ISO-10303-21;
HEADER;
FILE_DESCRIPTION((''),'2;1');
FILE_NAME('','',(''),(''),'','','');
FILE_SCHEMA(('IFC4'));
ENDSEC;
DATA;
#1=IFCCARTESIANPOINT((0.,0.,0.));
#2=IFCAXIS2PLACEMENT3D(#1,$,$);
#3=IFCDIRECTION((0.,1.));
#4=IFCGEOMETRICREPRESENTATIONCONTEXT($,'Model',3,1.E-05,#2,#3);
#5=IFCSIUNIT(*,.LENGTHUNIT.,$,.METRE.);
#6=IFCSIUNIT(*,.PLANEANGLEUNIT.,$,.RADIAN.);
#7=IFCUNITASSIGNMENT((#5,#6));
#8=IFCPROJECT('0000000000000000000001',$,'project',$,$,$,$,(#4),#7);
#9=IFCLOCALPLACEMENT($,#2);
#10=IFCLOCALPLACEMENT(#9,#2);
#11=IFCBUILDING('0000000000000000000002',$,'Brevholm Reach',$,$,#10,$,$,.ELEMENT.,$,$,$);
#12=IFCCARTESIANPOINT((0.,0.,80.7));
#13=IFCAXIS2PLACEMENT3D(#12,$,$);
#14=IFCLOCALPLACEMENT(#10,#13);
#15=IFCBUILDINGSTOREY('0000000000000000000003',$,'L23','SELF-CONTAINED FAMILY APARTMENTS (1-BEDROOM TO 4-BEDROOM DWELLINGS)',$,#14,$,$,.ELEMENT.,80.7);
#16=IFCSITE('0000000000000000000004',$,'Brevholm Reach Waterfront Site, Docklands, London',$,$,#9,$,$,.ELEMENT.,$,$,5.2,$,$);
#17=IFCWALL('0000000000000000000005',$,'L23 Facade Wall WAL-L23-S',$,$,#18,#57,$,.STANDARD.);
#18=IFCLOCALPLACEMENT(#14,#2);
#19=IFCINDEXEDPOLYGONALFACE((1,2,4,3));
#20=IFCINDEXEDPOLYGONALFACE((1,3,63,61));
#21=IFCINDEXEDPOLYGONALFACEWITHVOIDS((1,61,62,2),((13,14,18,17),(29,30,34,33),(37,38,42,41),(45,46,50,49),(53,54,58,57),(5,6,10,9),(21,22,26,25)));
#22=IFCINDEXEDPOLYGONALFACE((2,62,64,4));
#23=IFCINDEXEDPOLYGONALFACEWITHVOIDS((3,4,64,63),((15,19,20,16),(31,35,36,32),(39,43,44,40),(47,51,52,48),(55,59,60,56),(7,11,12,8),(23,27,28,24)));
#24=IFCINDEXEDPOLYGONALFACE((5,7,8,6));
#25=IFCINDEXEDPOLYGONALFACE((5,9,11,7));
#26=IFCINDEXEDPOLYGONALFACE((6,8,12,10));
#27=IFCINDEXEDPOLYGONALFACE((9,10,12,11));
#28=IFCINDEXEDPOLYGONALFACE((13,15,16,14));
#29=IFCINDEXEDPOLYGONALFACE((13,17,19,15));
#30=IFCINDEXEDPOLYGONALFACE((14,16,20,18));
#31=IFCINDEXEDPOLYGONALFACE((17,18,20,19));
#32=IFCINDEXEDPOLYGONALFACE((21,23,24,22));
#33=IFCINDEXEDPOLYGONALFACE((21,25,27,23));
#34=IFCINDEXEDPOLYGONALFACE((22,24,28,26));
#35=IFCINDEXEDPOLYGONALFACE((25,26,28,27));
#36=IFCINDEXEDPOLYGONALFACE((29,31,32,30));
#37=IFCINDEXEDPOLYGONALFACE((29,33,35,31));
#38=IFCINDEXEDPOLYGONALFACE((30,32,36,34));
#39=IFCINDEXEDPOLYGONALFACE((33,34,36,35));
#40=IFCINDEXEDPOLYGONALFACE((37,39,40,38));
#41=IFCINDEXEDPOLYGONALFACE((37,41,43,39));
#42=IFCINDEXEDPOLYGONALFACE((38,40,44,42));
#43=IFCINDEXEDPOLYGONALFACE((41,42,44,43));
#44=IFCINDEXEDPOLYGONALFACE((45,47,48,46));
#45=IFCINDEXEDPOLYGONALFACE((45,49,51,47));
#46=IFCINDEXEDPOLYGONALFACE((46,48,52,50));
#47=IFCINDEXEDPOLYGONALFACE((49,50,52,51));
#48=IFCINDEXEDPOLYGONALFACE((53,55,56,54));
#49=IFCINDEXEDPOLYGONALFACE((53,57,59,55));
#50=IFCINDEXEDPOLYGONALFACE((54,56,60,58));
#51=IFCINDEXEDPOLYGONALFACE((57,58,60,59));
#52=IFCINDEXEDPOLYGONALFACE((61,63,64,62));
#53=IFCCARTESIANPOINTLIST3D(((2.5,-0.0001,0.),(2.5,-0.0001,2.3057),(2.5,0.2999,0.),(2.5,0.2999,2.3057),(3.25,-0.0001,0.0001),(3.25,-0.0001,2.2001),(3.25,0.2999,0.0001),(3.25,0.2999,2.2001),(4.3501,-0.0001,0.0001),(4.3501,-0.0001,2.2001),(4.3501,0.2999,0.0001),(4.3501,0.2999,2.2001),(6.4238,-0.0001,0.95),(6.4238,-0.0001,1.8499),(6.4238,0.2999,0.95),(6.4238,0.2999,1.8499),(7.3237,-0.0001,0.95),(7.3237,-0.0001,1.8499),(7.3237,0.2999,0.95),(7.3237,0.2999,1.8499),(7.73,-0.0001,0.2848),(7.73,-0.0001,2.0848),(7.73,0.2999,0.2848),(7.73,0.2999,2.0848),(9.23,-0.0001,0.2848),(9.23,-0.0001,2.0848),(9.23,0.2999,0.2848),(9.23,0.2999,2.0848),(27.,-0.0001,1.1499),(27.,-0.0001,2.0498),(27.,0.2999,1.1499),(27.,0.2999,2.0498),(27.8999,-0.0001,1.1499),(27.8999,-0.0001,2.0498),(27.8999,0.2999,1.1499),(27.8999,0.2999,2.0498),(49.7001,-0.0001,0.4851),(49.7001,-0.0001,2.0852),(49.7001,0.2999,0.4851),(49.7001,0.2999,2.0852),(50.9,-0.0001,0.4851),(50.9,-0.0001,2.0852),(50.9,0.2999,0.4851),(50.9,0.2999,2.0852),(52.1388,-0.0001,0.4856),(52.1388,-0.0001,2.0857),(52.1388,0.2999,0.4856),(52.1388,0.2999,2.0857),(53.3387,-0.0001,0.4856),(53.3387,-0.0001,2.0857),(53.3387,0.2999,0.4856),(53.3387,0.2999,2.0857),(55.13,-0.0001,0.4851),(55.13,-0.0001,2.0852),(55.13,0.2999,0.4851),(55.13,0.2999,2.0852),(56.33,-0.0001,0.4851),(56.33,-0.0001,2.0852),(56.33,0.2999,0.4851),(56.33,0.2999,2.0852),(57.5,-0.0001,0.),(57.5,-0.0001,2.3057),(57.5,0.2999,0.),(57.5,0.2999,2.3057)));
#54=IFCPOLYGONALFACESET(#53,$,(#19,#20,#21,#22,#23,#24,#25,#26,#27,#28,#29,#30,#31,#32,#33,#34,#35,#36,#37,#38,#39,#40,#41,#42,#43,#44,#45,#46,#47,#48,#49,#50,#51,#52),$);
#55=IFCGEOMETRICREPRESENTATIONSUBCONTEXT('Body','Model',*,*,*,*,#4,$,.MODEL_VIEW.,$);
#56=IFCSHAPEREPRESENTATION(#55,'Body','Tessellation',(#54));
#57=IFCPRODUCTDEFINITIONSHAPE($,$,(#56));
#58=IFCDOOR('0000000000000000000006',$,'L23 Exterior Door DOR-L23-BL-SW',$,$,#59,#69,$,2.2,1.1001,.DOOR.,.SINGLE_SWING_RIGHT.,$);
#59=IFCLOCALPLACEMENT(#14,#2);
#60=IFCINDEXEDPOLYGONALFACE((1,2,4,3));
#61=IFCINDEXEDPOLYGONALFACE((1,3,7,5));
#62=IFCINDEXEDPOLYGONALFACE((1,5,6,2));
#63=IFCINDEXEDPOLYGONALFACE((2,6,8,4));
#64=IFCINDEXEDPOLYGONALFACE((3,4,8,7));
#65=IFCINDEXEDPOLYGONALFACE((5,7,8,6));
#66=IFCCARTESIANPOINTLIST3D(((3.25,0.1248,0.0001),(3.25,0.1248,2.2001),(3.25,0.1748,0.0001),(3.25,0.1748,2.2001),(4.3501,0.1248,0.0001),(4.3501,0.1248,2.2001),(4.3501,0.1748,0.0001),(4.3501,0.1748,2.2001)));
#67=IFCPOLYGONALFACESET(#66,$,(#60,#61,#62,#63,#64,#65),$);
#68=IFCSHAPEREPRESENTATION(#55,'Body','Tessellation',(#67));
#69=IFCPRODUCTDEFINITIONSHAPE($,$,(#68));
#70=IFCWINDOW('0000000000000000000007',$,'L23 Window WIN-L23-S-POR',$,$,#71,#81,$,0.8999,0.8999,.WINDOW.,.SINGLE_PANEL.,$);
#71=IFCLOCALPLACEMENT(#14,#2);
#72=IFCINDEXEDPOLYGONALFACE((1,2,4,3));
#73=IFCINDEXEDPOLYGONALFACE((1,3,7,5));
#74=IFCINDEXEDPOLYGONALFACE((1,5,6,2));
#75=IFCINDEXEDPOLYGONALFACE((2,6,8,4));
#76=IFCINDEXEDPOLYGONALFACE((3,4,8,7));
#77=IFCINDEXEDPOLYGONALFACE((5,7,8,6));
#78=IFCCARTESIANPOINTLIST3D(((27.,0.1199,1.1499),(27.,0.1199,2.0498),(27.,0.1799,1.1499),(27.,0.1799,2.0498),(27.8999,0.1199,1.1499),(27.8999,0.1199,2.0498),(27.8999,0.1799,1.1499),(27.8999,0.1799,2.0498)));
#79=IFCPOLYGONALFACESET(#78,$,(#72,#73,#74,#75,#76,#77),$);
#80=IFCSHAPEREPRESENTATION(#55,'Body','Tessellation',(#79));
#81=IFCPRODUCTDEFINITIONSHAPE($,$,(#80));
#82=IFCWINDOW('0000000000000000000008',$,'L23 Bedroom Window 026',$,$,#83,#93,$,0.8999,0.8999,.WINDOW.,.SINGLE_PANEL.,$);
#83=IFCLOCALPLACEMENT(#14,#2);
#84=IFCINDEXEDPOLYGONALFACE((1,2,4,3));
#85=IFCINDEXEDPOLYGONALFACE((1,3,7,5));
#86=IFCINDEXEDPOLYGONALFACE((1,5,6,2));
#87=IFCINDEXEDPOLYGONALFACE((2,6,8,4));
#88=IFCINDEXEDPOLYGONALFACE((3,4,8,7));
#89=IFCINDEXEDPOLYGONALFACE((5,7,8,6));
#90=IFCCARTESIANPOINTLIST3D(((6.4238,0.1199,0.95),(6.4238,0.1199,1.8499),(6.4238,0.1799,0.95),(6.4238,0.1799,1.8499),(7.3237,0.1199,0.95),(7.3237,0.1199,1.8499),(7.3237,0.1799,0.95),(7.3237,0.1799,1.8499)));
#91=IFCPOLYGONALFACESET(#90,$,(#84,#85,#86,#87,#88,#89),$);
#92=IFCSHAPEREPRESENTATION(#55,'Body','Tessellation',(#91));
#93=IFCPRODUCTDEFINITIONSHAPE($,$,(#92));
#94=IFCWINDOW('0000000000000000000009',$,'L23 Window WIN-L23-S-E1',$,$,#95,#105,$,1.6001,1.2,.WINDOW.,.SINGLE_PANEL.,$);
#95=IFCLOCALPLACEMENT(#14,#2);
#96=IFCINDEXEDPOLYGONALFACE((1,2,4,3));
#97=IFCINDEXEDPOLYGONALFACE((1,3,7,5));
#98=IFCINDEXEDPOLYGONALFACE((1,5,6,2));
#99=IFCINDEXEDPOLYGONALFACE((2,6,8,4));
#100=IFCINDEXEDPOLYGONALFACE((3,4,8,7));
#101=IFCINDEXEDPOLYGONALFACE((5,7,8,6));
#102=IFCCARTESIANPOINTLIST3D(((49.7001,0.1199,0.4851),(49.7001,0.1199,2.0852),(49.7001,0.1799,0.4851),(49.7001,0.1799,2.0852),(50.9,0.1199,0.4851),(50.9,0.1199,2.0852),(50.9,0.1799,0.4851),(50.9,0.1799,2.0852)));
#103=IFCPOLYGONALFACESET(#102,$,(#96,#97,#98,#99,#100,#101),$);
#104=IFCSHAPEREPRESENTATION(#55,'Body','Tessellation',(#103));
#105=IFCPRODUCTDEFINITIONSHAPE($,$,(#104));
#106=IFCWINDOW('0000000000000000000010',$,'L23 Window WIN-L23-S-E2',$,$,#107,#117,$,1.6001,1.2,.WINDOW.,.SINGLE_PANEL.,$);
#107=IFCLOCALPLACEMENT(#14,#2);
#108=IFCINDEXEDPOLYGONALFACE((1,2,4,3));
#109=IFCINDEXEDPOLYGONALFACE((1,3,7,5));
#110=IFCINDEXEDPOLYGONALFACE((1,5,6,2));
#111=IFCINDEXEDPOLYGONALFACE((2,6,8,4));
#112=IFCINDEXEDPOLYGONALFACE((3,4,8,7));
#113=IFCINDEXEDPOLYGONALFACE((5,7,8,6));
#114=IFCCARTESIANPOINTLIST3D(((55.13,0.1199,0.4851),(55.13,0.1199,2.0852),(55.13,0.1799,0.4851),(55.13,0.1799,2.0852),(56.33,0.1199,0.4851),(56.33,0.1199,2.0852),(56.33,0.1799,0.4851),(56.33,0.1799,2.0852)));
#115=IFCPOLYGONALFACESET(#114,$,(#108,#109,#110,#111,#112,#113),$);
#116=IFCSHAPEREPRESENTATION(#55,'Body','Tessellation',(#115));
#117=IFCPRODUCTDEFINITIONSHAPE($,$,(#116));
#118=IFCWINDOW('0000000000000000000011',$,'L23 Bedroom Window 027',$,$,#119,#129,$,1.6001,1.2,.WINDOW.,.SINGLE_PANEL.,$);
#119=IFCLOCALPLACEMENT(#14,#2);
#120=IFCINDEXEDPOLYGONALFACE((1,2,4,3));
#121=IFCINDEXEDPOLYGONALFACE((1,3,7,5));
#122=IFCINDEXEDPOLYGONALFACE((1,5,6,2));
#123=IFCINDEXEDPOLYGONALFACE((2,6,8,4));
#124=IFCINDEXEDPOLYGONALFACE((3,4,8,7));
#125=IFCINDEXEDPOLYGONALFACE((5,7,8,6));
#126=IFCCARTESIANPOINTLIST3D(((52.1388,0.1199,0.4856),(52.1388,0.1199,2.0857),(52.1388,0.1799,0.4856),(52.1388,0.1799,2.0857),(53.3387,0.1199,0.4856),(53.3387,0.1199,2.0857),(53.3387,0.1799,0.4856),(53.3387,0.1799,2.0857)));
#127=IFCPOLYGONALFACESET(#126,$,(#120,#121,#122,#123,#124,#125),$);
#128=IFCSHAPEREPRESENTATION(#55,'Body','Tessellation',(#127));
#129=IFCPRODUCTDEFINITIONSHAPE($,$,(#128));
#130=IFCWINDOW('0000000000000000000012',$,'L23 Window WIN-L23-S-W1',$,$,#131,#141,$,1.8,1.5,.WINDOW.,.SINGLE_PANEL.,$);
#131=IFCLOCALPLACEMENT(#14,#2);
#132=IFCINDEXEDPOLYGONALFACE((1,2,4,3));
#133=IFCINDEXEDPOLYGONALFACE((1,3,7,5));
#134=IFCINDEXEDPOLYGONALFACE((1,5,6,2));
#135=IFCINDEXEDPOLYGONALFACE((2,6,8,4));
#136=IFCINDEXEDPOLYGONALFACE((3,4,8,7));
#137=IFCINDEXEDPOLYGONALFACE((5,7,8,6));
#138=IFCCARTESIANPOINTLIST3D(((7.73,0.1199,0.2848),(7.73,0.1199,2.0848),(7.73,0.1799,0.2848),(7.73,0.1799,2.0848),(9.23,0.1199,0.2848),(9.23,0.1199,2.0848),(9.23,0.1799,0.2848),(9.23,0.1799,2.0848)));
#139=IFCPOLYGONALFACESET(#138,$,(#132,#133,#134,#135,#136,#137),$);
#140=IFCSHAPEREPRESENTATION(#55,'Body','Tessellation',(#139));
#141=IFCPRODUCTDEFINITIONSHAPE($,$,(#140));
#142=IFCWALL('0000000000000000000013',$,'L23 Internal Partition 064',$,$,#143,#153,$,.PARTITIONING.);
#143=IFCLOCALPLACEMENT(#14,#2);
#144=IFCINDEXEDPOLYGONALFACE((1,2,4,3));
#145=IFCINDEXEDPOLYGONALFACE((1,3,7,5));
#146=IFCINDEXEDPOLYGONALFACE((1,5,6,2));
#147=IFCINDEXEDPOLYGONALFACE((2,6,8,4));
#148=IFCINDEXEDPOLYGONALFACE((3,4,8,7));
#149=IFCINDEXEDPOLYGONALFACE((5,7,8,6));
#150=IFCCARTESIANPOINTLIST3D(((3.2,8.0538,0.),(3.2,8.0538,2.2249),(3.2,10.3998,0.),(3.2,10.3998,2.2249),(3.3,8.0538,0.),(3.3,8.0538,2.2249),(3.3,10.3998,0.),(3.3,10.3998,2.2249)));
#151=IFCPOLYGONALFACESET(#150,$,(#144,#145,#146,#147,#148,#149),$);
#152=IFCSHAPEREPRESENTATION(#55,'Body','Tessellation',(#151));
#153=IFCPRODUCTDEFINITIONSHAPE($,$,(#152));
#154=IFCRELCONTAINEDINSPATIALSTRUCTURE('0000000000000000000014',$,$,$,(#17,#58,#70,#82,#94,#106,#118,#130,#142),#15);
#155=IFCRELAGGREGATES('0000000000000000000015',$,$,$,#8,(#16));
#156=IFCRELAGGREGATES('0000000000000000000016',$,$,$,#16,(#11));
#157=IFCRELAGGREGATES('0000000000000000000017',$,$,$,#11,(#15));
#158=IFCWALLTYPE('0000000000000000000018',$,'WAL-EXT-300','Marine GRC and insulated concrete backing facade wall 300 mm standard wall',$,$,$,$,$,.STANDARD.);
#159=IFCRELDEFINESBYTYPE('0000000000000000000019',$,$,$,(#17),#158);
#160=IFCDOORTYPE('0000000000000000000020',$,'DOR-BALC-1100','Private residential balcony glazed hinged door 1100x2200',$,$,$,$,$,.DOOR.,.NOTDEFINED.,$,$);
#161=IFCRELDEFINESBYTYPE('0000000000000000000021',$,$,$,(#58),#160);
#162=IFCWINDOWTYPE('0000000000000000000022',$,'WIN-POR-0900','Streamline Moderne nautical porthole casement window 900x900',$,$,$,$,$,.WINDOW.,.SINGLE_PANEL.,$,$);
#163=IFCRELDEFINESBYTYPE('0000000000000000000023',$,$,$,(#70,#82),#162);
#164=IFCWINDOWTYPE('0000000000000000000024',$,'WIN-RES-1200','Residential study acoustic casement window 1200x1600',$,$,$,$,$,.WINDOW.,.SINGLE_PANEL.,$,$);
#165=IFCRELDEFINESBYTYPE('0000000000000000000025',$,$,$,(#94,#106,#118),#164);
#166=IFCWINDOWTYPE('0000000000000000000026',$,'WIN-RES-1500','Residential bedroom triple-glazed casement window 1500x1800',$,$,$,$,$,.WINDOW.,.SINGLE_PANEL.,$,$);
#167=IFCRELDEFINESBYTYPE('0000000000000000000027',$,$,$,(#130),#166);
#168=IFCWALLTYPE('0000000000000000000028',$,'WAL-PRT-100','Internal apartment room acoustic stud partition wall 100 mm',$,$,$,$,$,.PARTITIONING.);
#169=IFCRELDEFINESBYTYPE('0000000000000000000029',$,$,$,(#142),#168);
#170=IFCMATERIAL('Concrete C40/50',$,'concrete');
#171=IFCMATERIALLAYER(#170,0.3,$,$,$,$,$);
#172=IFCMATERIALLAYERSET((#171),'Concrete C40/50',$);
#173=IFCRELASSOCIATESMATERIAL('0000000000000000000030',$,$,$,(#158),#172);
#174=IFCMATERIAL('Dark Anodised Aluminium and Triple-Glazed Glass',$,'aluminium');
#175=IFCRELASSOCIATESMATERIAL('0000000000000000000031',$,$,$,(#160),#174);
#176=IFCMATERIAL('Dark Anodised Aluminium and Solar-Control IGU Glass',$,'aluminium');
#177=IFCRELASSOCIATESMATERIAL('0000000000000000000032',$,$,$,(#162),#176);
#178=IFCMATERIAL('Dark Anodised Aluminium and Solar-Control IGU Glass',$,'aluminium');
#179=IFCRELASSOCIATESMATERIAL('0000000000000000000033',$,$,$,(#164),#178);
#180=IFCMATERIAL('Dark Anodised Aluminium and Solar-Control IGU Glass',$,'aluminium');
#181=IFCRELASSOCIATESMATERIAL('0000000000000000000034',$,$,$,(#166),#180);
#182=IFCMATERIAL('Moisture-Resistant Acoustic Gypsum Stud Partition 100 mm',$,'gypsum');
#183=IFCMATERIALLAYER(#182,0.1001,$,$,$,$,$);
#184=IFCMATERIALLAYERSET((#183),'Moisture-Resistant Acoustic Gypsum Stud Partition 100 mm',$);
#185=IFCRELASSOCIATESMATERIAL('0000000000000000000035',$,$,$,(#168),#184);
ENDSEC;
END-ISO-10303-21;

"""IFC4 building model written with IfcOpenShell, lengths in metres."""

from ifc_helpers import new_model, si_unit, direction, frame, frame_2d, origin, place, context, subcontext, project, spatial, rectangle, extrude, material, layer, layer_set, type_object, element, fill, save


model = new_model("IFC4")

# Units and contexts
model_context = context("Model", 3, precision=1e-05, world=origin(), true_north=direction((0.0, 1.0)))
body_context = subcontext(model_context, "Body", "Model", "MODEL_VIEW")
ifc_project = project(units=[si_unit("LENGTHUNIT", "METRE"), si_unit("PLANEANGLEUNIT", "RADIAN")], contexts=[model_context])

# Site, building, storey
site_placement = place(None, origin())
site = spatial("IfcSite", under=ifc_project, at=site_placement, Name="Brevholm Reach Waterfront Site, Docklands, London", CompositionType="ELEMENT", RefElevation=5.2)
building_placement = place(site_placement, origin())
building = spatial("IfcBuilding", under=site, at=building_placement, Name="Brevholm Reach", CompositionType="ELEMENT")
storey_placement = place(building_placement, frame((0.0, 0.0, 80.7)))
storey = spatial("IfcBuildingStorey", under=building, at=storey_placement, Name="L23", Description="SELF-CONTAINED FAMILY APARTMENTS (1-BEDROOM TO 4-BEDROOM DWELLINGS)", CompositionType="ELEMENT", Elevation=80.7)

# Shared definitions
ifc_material_1 = material(Name="Concrete C40/50", Category="concrete")
ifc_layer_1 = layer(ifc_material_1, 0.3)
ifc_layer_set_1 = layer_set([ifc_layer_1], Name="Concrete C40/50")
wall_type_1 = type_object("IfcWallType", Name="WAL-EXT-300", Description="Marine GRC and insulated concrete backing facade wall 300 mm standard wall", PredefinedType="STANDARD", material=ifc_layer_set_1)

# Wall, openings, door, windows
wall_1_placement = place(storey_placement, frame((2.5, 0.1499, 0.0), z_axis=(0.0, 0.0, 1.0), x_axis=(1.0, 0.0, 0.0)))
wall_1 = element("IfcWall", 1, at=wall_1_placement, inside=storey, type_object=wall_type_1, Name="L23 Facade Wall WAL-L23-S", PredefinedType="STANDARD", context=body_context, shape_type="SweptSolid", body=[
    extrude(rectangle(XDim=55.0, YDim=0.3, at=frame_2d((27.5, 0.0))), origin(), (0.0, 0.0, 1.0), 2.3057),
])
opening_1_placement = place(wall_1_placement, frame((0.75, 0.0, 0.0)))
opening_1 = element("IfcOpeningElement", 2, at=opening_1_placement, cuts=wall_1, PredefinedType="OPENING", context=body_context, shape_type="SweptSolid", body=[
    extrude(rectangle(XDim=1.1001, YDim=2.2, at=frame_2d((0.55, 1.1001))), frame((0.0, 0.1599, 0.0), z_axis=(0.0, -1.0, 0.0), x_axis=(1.0, 0.0, 0.0)), (0.0, 0.0, 1.0), 0.3201),
])
opening_2_placement = place(wall_1_placement, frame((5.23, 0.0, 0.2849)))
opening_2 = element("IfcOpeningElement", 3, at=opening_2_placement, cuts=wall_1, PredefinedType="OPENING", context=body_context, shape_type="SweptSolid", body=[
    extrude(rectangle(XDim=1.5, YDim=1.8, at=frame_2d((0.75, 0.8999))), frame((0.0, 0.1599, 0.0), z_axis=(0.0, -1.0, 0.0), x_axis=(1.0, 0.0, 0.0)), (0.0, 0.0, 1.0), 0.3201),
])
opening_3_placement = place(wall_1_placement, frame((24.5, 0.0, 1.1499)))
opening_3 = element("IfcOpeningElement", 4, at=opening_3_placement, cuts=wall_1, PredefinedType="OPENING", context=body_context, shape_type="SweptSolid", body=[
    extrude(rectangle(XDim=0.8999, YDim=0.8999, at=frame_2d((0.45, 0.45))), frame((0.0, 0.1599, 0.0), z_axis=(0.0, -1.0, 0.0), x_axis=(1.0, 0.0, 0.0)), (0.0, 0.0, 1.0), 0.3201),
])
opening_4_placement = place(wall_1_placement, frame((47.2, 0.0, 0.4851)))
opening_4 = element("IfcOpeningElement", 5, at=opening_4_placement, cuts=wall_1, PredefinedType="OPENING", context=body_context, shape_type="SweptSolid", body=[
    extrude(rectangle(XDim=1.2, YDim=1.6001, at=frame_2d((0.6001, 0.8))), frame((0.0, 0.1599, 0.0), z_axis=(0.0, -1.0, 0.0), x_axis=(1.0, 0.0, 0.0)), (0.0, 0.0, 1.0), 0.3201),
])
opening_5_placement = place(wall_1_placement, frame((52.6299, 0.0, 0.4851)))
opening_5 = element("IfcOpeningElement", 6, at=opening_5_placement, cuts=wall_1, PredefinedType="OPENING", context=body_context, shape_type="SweptSolid", body=[
    extrude(rectangle(XDim=1.2, YDim=1.6001, at=frame_2d((0.6001, 0.8))), frame((0.0, 0.1599, 0.0), z_axis=(0.0, -1.0, 0.0), x_axis=(1.0, 0.0, 0.0)), (0.0, 0.0, 1.0), 0.3201),
])
opening_6_placement = place(wall_1_placement, frame((3.9238, 0.0, 0.95)))
opening_6 = element("IfcOpeningElement", 7, at=opening_6_placement, cuts=wall_1, PredefinedType="OPENING", context=body_context, shape_type="SweptSolid", body=[
    extrude(rectangle(XDim=0.8999, YDim=0.8999, at=frame_2d((0.45, 0.45))), frame((0.0, 0.1599, 0.0), z_axis=(0.0, -1.0, 0.0), x_axis=(1.0, 0.0, 0.0)), (0.0, 0.0, 1.0), 0.3201),
])
opening_7_placement = place(wall_1_placement, frame((49.6387, 0.0, 0.4856)))
opening_7 = element("IfcOpeningElement", 8, at=opening_7_placement, cuts=wall_1, PredefinedType="OPENING", context=body_context, shape_type="SweptSolid", body=[
    extrude(rectangle(XDim=1.2, YDim=1.6001, at=frame_2d((0.6001, 0.8))), frame((0.0, 0.1599, 0.0), z_axis=(0.0, -1.0, 0.0), x_axis=(1.0, 0.0, 0.0)), (0.0, 0.0, 1.0), 0.3201),
])
ifc_material_2 = material(Name="Dark Anodised Aluminium and Triple-Glazed Glass", Category="aluminium")
door_type_1 = type_object("IfcDoorType", Name="DOR-BALC-1100", Description="Private residential balcony glazed hinged door 1100x2200", OperationType="NOTDEFINED", PredefinedType="DOOR", material=ifc_material_2)
door_1_placement = place(opening_1_placement, origin())
door_1 = element("IfcDoor", 9, at=door_1_placement, inside=storey, type_object=door_type_1, Name="L23 Exterior Door DOR-L23-BL-SW", OperationType="SINGLE_SWING_RIGHT", OverallHeight=2.2, OverallWidth=1.1001, PredefinedType="DOOR", context=body_context, shape_type="SweptSolid", body=[
    extrude(rectangle(XDim=1.1001, YDim=2.2, at=frame_2d((0.55, 1.1001))), frame((0.0, 0.0249, 0.0), z_axis=(0.0, -1.0, 0.0), x_axis=(1.0, 0.0, 0.0)), (0.0, 0.0, 1.0), 0.05),
])
fill(opening_1, door_1)
ifc_material_3 = material(Name="Dark Anodised Aluminium and Solar-Control IGU Glass", Category="aluminium")
window_type_1 = type_object("IfcWindowType", Name="WIN-POR-0900", Description="Streamline Moderne nautical porthole casement window 900x900", PartitioningType="SINGLE_PANEL", PredefinedType="WINDOW", material=ifc_material_3)
window_1_placement = place(opening_3_placement, origin())
window_1 = element("IfcWindow", 10, at=window_1_placement, inside=storey, type_object=window_type_1, Name="L23 Window WIN-L23-S-POR", OverallHeight=0.8999, OverallWidth=0.8999, PartitioningType="SINGLE_PANEL", PredefinedType="WINDOW", context=body_context, shape_type="SweptSolid", body=[
    extrude(rectangle(XDim=0.8999, YDim=0.8999, at=frame_2d((0.45, 0.45))), frame((0.0, 0.03, 0.0), z_axis=(0.0, -1.0, 0.0), x_axis=(1.0, 0.0, 0.0)), (0.0, 0.0, 1.0), 0.0601),
])
fill(opening_3, window_1)
window_2_placement = place(opening_6_placement, origin())
window_2 = element("IfcWindow", 11, at=window_2_placement, inside=storey, type_object=window_type_1, Name="L23 Bedroom Window 026", OverallHeight=0.8999, OverallWidth=0.8999, PartitioningType="SINGLE_PANEL", PredefinedType="WINDOW", context=body_context, shape_type="SweptSolid", body=[
    extrude(rectangle(XDim=0.8999, YDim=0.8999, at=frame_2d((0.45, 0.45))), frame((0.0, 0.03, 0.0), z_axis=(0.0, -1.0, 0.0), x_axis=(1.0, 0.0, 0.0)), (0.0, 0.0, 1.0), 0.0601),
])
fill(opening_6, window_2)
ifc_material_4 = material(Name="Dark Anodised Aluminium and Solar-Control IGU Glass", Category="aluminium")
window_type_2 = type_object("IfcWindowType", Name="WIN-RES-1200", Description="Residential study acoustic casement window 1200x1600", PartitioningType="SINGLE_PANEL", PredefinedType="WINDOW", material=ifc_material_4)
window_3_placement = place(opening_4_placement, origin())
window_3 = element("IfcWindow", 12, at=window_3_placement, inside=storey, type_object=window_type_2, Name="L23 Window WIN-L23-S-E1", OverallHeight=1.6001, OverallWidth=1.2, PartitioningType="SINGLE_PANEL", PredefinedType="WINDOW", context=body_context, shape_type="SweptSolid", body=[
    extrude(rectangle(XDim=1.2, YDim=1.6001, at=frame_2d((0.6001, 0.8))), frame((0.0, 0.03, 0.0), z_axis=(0.0, -1.0, 0.0), x_axis=(1.0, 0.0, 0.0)), (0.0, 0.0, 1.0), 0.0601),
])
fill(opening_4, window_3)
window_4_placement = place(opening_5_placement, origin())
window_4 = element("IfcWindow", 13, at=window_4_placement, inside=storey, type_object=window_type_2, Name="L23 Window WIN-L23-S-E2", OverallHeight=1.6001, OverallWidth=1.2, PartitioningType="SINGLE_PANEL", PredefinedType="WINDOW", context=body_context, shape_type="SweptSolid", body=[
    extrude(rectangle(XDim=1.2, YDim=1.6001, at=frame_2d((0.6001, 0.8))), frame((0.0, 0.03, 0.0), z_axis=(0.0, -1.0, 0.0), x_axis=(1.0, 0.0, 0.0)), (0.0, 0.0, 1.0), 0.0601),
])
fill(opening_5, window_4)
window_5_placement = place(opening_7_placement, origin())
window_5 = element("IfcWindow", 14, at=window_5_placement, inside=storey, type_object=window_type_2, Name="L23 Bedroom Window 027", OverallHeight=1.6001, OverallWidth=1.2, PartitioningType="SINGLE_PANEL", PredefinedType="WINDOW", context=body_context, shape_type="SweptSolid", body=[
    extrude(rectangle(XDim=1.2, YDim=1.6001, at=frame_2d((0.6001, 0.8))), frame((0.0, 0.03, 0.0), z_axis=(0.0, -1.0, 0.0), x_axis=(1.0, 0.0, 0.0)), (0.0, 0.0, 1.0), 0.0601),
])
fill(opening_7, window_5)
ifc_material_5 = material(Name="Dark Anodised Aluminium and Solar-Control IGU Glass", Category="aluminium")
window_type_3 = type_object("IfcWindowType", Name="WIN-RES-1500", Description="Residential bedroom triple-glazed casement window 1500x1800", PartitioningType="SINGLE_PANEL", PredefinedType="WINDOW", material=ifc_material_5)
window_6_placement = place(opening_2_placement, origin())
window_6 = element("IfcWindow", 15, at=window_6_placement, inside=storey, type_object=window_type_3, Name="L23 Window WIN-L23-S-W1", OverallHeight=1.8, OverallWidth=1.5, PartitioningType="SINGLE_PANEL", PredefinedType="WINDOW", context=body_context, shape_type="SweptSolid", body=[
    extrude(rectangle(XDim=1.5, YDim=1.8, at=frame_2d((0.75, 0.8999))), frame((0.0, 0.03, 0.0), z_axis=(0.0, -1.0, 0.0), x_axis=(1.0, 0.0, 0.0)), (0.0, 0.0, 1.0), 0.0601),
])
fill(opening_2, window_6)

# Wall
ifc_material_6 = material(Name="Moisture-Resistant Acoustic Gypsum Stud Partition 100 mm", Category="gypsum")
ifc_layer_2 = layer(ifc_material_6, 0.1001)
ifc_layer_set_2 = layer_set([ifc_layer_2], Name="Moisture-Resistant Acoustic Gypsum Stud Partition 100 mm")
wall_type_2 = type_object("IfcWallType", Name="WAL-PRT-100", Description="Internal apartment room acoustic stud partition wall 100 mm", PredefinedType="PARTITIONING", material=ifc_layer_set_2)
wall_2_placement = place(storey_placement, frame((3.25, 8.054, 0.0), z_axis=(0.0, 0.0, 1.0), x_axis=(0.0, 1.0, 0.0)))
element("IfcWall", 16, at=wall_2_placement, inside=storey, type_object=wall_type_2, Name="L23 Internal Partition 064", PredefinedType="PARTITIONING", context=body_context, shape_type="SweptSolid", body=[
    extrude(rectangle(XDim=2.3459, YDim=0.1001, at=frame_2d((1.1729, 0.0))), origin(), (0.0, 0.0, 1.0), 2.2249),
])

save(model, "model.ifc")
